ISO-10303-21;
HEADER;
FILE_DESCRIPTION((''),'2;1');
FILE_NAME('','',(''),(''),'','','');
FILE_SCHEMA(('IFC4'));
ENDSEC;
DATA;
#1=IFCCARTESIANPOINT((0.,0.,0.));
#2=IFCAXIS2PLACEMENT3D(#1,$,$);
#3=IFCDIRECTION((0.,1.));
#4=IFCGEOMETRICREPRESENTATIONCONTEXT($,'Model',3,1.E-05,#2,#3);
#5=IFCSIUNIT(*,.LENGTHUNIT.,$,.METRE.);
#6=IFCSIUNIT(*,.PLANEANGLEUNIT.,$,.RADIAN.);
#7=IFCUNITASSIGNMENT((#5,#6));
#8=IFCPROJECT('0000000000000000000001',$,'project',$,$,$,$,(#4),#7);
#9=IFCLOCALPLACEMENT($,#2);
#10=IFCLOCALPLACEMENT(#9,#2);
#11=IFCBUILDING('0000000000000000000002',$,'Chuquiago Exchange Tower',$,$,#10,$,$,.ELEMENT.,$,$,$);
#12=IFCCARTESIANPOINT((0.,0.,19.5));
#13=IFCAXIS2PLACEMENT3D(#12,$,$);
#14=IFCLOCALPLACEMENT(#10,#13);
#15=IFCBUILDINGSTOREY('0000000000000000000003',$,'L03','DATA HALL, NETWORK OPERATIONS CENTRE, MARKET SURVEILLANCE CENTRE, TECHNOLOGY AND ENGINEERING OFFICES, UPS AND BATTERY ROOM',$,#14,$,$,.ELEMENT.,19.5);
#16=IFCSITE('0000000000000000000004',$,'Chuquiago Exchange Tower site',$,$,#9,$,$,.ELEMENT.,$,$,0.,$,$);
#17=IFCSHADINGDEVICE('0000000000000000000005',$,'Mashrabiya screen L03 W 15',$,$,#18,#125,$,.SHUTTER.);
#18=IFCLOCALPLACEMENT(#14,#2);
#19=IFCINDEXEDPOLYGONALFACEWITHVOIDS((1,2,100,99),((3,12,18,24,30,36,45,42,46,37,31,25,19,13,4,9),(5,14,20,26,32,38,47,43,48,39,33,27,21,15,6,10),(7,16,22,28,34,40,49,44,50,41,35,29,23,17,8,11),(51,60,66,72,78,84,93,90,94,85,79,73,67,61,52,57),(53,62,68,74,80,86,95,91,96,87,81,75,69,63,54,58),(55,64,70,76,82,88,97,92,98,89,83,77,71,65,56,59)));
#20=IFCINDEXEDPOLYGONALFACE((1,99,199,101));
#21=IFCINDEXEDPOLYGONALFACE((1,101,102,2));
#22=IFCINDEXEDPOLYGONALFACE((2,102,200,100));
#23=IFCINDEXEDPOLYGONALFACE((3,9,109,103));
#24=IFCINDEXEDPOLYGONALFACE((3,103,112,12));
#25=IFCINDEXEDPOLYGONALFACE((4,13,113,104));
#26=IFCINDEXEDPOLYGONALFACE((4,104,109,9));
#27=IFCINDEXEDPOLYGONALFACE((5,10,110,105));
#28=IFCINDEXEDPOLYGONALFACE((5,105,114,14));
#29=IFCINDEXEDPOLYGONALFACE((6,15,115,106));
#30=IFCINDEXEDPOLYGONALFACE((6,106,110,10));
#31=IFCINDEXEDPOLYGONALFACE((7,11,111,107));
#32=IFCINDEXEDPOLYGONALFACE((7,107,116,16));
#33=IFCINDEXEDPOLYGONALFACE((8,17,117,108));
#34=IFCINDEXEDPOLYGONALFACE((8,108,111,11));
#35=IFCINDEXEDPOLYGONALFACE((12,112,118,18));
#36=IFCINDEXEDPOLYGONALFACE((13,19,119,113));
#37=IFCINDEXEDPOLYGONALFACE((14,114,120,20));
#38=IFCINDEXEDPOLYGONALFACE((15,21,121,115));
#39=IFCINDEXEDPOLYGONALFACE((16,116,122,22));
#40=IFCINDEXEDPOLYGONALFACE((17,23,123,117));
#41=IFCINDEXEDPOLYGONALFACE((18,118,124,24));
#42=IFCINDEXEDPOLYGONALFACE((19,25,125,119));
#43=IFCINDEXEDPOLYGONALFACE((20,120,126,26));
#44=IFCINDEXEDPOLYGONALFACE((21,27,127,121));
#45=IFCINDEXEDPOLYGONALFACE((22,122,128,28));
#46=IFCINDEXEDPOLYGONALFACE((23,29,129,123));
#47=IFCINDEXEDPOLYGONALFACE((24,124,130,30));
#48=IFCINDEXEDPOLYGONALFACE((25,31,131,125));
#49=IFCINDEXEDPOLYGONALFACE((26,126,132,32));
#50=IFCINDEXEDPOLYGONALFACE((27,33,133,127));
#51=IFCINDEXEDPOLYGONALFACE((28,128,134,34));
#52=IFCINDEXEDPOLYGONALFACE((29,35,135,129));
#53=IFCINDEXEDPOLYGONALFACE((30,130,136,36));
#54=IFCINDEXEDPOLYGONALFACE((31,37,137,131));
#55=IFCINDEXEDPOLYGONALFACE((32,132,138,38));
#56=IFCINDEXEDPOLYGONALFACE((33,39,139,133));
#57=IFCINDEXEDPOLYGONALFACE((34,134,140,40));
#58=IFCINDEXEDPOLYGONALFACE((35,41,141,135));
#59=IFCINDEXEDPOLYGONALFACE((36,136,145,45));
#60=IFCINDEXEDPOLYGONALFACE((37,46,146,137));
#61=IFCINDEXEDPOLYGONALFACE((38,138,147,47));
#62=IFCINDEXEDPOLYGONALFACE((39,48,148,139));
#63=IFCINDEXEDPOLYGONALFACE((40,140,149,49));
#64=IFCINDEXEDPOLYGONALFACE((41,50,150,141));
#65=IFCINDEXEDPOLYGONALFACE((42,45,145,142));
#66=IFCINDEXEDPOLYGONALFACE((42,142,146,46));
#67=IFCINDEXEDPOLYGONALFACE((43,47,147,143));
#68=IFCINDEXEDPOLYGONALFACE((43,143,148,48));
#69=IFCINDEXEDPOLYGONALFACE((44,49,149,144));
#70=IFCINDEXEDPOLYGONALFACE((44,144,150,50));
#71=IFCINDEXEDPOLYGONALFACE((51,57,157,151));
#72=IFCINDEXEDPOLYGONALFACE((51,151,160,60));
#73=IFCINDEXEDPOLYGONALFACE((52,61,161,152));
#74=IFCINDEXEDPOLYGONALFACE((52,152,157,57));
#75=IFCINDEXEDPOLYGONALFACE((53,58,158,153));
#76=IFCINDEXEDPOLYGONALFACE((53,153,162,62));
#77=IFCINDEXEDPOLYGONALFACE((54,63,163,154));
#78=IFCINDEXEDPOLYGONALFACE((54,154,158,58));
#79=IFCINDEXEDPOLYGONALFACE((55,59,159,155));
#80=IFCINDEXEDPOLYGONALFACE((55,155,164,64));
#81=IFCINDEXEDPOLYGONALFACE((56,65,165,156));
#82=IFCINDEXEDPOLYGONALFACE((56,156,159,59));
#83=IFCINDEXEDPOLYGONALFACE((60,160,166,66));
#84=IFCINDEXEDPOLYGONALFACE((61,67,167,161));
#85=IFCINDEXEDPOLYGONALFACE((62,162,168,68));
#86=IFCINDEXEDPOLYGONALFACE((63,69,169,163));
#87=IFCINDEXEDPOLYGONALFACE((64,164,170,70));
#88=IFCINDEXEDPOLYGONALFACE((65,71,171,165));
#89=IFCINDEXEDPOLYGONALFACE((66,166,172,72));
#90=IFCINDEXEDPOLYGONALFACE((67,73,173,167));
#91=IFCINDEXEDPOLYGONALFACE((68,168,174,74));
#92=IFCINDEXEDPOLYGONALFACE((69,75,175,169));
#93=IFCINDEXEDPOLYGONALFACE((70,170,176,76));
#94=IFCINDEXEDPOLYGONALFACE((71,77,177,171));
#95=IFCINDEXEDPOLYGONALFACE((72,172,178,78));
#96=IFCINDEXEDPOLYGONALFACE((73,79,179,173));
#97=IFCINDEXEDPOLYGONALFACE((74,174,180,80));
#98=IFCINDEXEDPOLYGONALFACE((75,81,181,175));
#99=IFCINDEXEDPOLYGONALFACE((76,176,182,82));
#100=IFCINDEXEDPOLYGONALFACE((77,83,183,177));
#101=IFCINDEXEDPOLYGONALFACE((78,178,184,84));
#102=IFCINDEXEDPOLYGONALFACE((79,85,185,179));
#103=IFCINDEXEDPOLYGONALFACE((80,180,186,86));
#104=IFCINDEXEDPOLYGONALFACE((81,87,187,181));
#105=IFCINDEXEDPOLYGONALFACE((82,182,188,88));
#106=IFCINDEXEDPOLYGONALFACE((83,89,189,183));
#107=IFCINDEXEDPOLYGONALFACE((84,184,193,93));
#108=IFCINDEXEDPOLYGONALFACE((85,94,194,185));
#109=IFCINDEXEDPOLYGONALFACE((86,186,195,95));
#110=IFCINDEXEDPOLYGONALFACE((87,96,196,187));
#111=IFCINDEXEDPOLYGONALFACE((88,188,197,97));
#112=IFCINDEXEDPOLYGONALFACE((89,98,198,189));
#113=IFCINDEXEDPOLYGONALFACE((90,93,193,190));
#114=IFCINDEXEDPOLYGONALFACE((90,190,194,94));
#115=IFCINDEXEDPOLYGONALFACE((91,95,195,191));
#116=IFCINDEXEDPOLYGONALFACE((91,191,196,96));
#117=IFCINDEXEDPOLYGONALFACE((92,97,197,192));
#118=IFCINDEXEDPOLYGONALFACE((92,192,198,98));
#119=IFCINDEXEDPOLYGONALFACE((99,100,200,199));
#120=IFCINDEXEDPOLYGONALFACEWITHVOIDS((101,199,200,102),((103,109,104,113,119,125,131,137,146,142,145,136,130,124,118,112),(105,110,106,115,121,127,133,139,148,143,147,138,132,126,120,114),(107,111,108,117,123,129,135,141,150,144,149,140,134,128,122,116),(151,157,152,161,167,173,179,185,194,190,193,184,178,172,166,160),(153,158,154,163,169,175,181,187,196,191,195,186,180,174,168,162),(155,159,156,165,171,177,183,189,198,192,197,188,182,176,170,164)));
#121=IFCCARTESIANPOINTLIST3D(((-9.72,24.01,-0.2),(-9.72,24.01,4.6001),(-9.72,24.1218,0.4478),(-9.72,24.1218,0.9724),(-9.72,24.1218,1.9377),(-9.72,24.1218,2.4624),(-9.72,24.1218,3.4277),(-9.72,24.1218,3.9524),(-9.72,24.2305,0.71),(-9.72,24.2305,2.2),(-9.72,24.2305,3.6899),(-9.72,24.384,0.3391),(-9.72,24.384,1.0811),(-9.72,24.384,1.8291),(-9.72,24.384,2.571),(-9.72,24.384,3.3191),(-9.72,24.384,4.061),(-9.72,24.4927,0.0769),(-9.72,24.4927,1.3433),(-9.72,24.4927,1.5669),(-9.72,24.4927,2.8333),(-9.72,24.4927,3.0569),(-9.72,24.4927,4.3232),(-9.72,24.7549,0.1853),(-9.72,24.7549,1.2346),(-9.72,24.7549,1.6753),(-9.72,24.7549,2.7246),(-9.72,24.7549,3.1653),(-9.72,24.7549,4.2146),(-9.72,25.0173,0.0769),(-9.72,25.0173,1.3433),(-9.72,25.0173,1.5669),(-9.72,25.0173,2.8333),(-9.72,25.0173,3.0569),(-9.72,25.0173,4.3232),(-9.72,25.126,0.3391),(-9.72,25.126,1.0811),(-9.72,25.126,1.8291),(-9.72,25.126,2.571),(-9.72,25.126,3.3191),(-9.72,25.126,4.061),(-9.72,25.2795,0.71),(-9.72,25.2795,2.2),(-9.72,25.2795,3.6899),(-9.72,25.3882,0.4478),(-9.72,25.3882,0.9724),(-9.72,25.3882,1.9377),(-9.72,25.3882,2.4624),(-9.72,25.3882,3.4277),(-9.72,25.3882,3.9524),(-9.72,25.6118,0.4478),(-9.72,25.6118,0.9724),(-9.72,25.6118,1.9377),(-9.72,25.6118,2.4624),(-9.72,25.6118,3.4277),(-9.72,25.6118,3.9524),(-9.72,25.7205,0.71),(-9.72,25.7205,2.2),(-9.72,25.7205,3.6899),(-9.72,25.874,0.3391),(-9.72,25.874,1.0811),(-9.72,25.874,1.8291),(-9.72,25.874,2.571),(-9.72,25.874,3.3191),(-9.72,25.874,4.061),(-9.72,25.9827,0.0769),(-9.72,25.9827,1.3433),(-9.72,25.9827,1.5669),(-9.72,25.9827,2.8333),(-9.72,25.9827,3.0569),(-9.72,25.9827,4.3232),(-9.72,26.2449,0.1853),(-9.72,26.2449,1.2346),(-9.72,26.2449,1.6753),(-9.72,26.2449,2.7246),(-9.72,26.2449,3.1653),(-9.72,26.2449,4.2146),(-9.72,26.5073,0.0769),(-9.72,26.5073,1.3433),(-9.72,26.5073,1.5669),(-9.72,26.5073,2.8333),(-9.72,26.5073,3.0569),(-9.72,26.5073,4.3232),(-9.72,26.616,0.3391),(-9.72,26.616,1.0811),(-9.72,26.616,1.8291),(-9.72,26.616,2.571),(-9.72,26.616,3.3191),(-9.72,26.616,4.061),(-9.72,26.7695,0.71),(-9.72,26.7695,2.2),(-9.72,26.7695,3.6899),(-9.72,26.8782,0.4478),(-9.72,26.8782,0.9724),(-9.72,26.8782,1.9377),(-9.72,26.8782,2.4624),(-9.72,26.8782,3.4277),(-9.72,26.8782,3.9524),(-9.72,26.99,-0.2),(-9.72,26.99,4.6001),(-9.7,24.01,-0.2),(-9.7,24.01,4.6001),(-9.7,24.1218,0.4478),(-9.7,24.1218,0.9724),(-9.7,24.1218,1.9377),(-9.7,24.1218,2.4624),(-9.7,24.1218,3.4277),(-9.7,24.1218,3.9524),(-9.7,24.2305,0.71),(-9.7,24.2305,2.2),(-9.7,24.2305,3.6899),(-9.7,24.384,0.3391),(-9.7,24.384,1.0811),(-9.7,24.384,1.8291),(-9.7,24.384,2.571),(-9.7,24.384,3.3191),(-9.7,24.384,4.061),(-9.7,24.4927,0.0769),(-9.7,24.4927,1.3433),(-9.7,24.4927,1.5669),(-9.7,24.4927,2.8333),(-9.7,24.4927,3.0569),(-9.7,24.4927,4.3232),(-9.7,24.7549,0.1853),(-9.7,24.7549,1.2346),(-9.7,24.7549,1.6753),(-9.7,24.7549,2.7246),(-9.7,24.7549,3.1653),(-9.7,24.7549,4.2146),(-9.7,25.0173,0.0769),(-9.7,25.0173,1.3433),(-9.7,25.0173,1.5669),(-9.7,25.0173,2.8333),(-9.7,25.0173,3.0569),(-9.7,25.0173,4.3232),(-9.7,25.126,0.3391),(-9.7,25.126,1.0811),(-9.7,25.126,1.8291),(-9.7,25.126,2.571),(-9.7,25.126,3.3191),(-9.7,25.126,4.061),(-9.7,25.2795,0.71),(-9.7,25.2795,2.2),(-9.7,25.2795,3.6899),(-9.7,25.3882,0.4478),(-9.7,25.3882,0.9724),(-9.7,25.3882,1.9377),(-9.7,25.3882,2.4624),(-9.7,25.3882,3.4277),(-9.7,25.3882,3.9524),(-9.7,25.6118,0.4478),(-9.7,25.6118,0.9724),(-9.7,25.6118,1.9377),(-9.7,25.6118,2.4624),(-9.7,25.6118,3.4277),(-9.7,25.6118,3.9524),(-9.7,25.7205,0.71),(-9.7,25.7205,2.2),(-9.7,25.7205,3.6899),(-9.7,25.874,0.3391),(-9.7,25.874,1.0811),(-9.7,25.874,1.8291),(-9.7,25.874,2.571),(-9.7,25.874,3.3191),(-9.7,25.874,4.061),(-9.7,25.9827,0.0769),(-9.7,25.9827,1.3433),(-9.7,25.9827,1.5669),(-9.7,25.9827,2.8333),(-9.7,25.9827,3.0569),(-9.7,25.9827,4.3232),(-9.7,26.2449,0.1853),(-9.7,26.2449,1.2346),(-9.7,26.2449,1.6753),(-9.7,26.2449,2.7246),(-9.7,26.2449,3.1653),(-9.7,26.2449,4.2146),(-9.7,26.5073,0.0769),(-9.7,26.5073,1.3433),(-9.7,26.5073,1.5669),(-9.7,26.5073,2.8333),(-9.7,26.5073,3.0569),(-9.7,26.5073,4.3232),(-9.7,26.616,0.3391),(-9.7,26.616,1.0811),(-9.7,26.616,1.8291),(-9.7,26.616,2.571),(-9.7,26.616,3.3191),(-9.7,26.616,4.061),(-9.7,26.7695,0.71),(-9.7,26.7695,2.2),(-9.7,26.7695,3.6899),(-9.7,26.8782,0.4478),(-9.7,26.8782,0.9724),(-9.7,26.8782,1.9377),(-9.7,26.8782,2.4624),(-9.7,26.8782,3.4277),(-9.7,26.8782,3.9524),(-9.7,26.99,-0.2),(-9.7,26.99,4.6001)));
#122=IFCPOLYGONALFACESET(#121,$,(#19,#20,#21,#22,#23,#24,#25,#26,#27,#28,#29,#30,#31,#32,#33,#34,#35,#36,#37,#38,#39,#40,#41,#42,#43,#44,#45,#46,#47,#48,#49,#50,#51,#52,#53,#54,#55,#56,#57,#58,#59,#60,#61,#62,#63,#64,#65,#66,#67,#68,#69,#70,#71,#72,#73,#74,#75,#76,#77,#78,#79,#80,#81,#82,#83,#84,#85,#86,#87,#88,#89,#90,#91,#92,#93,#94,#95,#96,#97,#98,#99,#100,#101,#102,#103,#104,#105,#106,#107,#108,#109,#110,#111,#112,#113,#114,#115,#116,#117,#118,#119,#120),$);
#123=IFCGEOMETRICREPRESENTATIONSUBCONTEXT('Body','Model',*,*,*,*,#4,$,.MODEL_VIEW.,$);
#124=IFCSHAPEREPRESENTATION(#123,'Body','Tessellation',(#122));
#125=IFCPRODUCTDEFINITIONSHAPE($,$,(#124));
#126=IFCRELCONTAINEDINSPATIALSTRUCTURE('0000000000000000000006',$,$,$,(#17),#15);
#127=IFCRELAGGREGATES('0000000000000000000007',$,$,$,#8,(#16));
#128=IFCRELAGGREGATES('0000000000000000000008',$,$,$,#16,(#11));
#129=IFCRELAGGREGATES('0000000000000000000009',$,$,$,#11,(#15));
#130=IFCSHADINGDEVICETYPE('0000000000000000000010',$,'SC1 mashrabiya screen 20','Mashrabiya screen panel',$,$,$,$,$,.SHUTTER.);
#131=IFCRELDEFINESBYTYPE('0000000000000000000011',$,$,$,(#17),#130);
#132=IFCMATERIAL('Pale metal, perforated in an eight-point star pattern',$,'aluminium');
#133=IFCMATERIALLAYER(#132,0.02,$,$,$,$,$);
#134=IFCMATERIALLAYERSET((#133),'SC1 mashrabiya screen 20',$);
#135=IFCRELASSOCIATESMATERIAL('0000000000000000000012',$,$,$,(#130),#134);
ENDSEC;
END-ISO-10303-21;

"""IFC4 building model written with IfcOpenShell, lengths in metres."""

from ifc_helpers import new_model, si_unit, direction, frame, origin, place, context, subcontext, project, spatial, polyline, outline, extrude, material, layer, layer_set, type_object, element, save


model = new_model("IFC4")

# Units and contexts
model_context = context("Model", 3, precision=1e-05, world=origin(), true_north=direction((0.0, 1.0)))
body_context = subcontext(model_context, "Body", "Model", "MODEL_VIEW")
ifc_project = project(units=[si_unit("LENGTHUNIT", "METRE"), si_unit("PLANEANGLEUNIT", "RADIAN")], contexts=[model_context])

# Site, building, storey
site_placement = place(None, origin())
site = spatial("IfcSite", under=ifc_project, at=site_placement, Name="Chuquiago Exchange Tower site", CompositionType="ELEMENT", RefElevation=0.0)
building_placement = place(site_placement, origin())
building = spatial("IfcBuilding", under=site, at=building_placement, Name="Chuquiago Exchange Tower", CompositionType="ELEMENT")
storey_placement = place(building_placement, frame((0.0, 0.0, 19.5)))
storey = spatial("IfcBuildingStorey", under=building, at=storey_placement, Name="L03", Description="DATA HALL, NETWORK OPERATIONS CENTRE, MARKET SURVEILLANCE CENTRE, TECHNOLOGY AND ENGINEERING OFFICES, UPS AND BATTERY ROOM", CompositionType="ELEMENT", Elevation=19.5)

# Shading device
ifc_material_1 = material(Name="Pale metal, perforated in an eight-point star pattern", Category="aluminium")
ifc_layer_1 = layer(ifc_material_1, 0.02)
ifc_layer_set_1 = layer_set([ifc_layer_1], Name="SC1 mashrabiya screen 20")
shading_device_type = type_object("IfcShadingDeviceType", Name="SC1 mashrabiya screen 20", Description="Mashrabiya screen panel", PredefinedType="SHUTTER", material=ifc_layer_set_1)
shading_device_1_placement = place(storey_placement, frame((-9.7, 26.99, -0.2), z_axis=(0.0, 0.0, 1.0), x_axis=(0.0, -1.0, 0.0)))
element("IfcShadingDevice", 1, at=shading_device_1_placement, inside=storey, type_object=shading_device_type, Name="Mashrabiya screen L03 W 15", PredefinedType="SHUTTER", context=body_context, shape_type="SweptSolid", body=[
    extrude(outline(polyline([(0.0, 0.0), (2.98, 0.0), (2.98, 4.8), (0.0, 4.8), (0.0, 0.0)]), holes=[polyline([(1.2695, 0.9099), (1.3782, 1.1724), (1.116, 1.281), (1.0073, 1.5432), (0.7451, 1.4346), (0.4827, 1.5432), (0.374, 1.281), (0.1118, 1.1724), (0.2205, 0.9099), (0.1118, 0.6477), (0.374, 0.5391), (0.4827, 0.2769), (0.7451, 0.3853), (1.0073, 0.2769), (1.116, 0.5391), (1.3782, 0.6477), (1.2695, 0.9099)]), polyline([(2.7595, 0.9099), (2.8682, 1.1724), (2.606, 1.281), (2.4973, 1.5432), (2.2351, 1.4346), (1.9727, 1.5432), (1.864, 1.281), (1.6018, 1.1724), (1.7104, 0.9099), (1.6018, 0.6477), (1.864, 0.5391), (1.9727, 0.2769), (2.2351, 0.3853), (2.4973, 0.2769), (2.606, 0.5391), (2.8682, 0.6477), (2.7595, 0.9099)]), polyline([(1.2695, 2.3999), (1.3782, 2.6624), (1.116, 2.771), (1.0073, 3.0332), (0.7451, 2.9246), (0.4827, 3.0332), (0.374, 2.771), (0.1118, 2.6624), (0.2205, 2.3999), (0.1118, 2.1377), (0.374, 2.0291), (0.4827, 1.7668), (0.7451, 1.8752), (1.0073, 1.7668), (1.116, 2.0291), (1.3782, 2.1377), (1.2695, 2.3999)]), polyline([(2.7595, 2.3999), (2.8682, 2.6624), (2.606, 2.771), (2.4973, 3.0332), (2.2351, 2.9246), (1.9727, 3.0332), (1.864, 2.771), (1.6018, 2.6624), (1.7104, 2.3999), (1.6018, 2.1377), (1.864, 2.0291), (1.9727, 1.7668), (2.2351, 1.8752), (2.4973, 1.7668), (2.606, 2.0291), (2.8682, 2.1377), (2.7595, 2.3999)]), polyline([(1.2695, 3.8899), (1.3782, 4.1523), (1.116, 4.261), (1.0073, 4.5232), (0.7451, 4.4146), (0.4827, 4.5232), (0.374, 4.261), (0.1118, 4.1523), (0.2205, 3.8899), (0.1118, 3.6277), (0.374, 3.519), (0.4827, 3.2568), (0.7451, 3.3652), (1.0073, 3.2568), (1.116, 3.519), (1.3782, 3.6277), (1.2695, 3.8899)]), polyline([(2.7595, 3.8899), (2.8682, 4.1523), (2.606, 4.261), (2.4973, 4.5232), (2.2351, 4.4146), (1.9727, 4.5232), (1.864, 4.261), (1.6018, 4.1523), (1.7104, 3.8899), (1.6018, 3.6277), (1.864, 3.519), (1.9727, 3.2568), (2.2351, 3.3652), (2.4973, 3.2568), (2.606, 3.519), (2.8682, 3.6277), (2.7595, 3.8899)])]), frame((0.0, 0.0, 0.0), z_axis=(0.0, -1.0, 0.0), x_axis=(1.0, 0.0, 0.0)), (0.0, 0.0, 1.0), 0.02),
])

save(model, "model.ifc")
